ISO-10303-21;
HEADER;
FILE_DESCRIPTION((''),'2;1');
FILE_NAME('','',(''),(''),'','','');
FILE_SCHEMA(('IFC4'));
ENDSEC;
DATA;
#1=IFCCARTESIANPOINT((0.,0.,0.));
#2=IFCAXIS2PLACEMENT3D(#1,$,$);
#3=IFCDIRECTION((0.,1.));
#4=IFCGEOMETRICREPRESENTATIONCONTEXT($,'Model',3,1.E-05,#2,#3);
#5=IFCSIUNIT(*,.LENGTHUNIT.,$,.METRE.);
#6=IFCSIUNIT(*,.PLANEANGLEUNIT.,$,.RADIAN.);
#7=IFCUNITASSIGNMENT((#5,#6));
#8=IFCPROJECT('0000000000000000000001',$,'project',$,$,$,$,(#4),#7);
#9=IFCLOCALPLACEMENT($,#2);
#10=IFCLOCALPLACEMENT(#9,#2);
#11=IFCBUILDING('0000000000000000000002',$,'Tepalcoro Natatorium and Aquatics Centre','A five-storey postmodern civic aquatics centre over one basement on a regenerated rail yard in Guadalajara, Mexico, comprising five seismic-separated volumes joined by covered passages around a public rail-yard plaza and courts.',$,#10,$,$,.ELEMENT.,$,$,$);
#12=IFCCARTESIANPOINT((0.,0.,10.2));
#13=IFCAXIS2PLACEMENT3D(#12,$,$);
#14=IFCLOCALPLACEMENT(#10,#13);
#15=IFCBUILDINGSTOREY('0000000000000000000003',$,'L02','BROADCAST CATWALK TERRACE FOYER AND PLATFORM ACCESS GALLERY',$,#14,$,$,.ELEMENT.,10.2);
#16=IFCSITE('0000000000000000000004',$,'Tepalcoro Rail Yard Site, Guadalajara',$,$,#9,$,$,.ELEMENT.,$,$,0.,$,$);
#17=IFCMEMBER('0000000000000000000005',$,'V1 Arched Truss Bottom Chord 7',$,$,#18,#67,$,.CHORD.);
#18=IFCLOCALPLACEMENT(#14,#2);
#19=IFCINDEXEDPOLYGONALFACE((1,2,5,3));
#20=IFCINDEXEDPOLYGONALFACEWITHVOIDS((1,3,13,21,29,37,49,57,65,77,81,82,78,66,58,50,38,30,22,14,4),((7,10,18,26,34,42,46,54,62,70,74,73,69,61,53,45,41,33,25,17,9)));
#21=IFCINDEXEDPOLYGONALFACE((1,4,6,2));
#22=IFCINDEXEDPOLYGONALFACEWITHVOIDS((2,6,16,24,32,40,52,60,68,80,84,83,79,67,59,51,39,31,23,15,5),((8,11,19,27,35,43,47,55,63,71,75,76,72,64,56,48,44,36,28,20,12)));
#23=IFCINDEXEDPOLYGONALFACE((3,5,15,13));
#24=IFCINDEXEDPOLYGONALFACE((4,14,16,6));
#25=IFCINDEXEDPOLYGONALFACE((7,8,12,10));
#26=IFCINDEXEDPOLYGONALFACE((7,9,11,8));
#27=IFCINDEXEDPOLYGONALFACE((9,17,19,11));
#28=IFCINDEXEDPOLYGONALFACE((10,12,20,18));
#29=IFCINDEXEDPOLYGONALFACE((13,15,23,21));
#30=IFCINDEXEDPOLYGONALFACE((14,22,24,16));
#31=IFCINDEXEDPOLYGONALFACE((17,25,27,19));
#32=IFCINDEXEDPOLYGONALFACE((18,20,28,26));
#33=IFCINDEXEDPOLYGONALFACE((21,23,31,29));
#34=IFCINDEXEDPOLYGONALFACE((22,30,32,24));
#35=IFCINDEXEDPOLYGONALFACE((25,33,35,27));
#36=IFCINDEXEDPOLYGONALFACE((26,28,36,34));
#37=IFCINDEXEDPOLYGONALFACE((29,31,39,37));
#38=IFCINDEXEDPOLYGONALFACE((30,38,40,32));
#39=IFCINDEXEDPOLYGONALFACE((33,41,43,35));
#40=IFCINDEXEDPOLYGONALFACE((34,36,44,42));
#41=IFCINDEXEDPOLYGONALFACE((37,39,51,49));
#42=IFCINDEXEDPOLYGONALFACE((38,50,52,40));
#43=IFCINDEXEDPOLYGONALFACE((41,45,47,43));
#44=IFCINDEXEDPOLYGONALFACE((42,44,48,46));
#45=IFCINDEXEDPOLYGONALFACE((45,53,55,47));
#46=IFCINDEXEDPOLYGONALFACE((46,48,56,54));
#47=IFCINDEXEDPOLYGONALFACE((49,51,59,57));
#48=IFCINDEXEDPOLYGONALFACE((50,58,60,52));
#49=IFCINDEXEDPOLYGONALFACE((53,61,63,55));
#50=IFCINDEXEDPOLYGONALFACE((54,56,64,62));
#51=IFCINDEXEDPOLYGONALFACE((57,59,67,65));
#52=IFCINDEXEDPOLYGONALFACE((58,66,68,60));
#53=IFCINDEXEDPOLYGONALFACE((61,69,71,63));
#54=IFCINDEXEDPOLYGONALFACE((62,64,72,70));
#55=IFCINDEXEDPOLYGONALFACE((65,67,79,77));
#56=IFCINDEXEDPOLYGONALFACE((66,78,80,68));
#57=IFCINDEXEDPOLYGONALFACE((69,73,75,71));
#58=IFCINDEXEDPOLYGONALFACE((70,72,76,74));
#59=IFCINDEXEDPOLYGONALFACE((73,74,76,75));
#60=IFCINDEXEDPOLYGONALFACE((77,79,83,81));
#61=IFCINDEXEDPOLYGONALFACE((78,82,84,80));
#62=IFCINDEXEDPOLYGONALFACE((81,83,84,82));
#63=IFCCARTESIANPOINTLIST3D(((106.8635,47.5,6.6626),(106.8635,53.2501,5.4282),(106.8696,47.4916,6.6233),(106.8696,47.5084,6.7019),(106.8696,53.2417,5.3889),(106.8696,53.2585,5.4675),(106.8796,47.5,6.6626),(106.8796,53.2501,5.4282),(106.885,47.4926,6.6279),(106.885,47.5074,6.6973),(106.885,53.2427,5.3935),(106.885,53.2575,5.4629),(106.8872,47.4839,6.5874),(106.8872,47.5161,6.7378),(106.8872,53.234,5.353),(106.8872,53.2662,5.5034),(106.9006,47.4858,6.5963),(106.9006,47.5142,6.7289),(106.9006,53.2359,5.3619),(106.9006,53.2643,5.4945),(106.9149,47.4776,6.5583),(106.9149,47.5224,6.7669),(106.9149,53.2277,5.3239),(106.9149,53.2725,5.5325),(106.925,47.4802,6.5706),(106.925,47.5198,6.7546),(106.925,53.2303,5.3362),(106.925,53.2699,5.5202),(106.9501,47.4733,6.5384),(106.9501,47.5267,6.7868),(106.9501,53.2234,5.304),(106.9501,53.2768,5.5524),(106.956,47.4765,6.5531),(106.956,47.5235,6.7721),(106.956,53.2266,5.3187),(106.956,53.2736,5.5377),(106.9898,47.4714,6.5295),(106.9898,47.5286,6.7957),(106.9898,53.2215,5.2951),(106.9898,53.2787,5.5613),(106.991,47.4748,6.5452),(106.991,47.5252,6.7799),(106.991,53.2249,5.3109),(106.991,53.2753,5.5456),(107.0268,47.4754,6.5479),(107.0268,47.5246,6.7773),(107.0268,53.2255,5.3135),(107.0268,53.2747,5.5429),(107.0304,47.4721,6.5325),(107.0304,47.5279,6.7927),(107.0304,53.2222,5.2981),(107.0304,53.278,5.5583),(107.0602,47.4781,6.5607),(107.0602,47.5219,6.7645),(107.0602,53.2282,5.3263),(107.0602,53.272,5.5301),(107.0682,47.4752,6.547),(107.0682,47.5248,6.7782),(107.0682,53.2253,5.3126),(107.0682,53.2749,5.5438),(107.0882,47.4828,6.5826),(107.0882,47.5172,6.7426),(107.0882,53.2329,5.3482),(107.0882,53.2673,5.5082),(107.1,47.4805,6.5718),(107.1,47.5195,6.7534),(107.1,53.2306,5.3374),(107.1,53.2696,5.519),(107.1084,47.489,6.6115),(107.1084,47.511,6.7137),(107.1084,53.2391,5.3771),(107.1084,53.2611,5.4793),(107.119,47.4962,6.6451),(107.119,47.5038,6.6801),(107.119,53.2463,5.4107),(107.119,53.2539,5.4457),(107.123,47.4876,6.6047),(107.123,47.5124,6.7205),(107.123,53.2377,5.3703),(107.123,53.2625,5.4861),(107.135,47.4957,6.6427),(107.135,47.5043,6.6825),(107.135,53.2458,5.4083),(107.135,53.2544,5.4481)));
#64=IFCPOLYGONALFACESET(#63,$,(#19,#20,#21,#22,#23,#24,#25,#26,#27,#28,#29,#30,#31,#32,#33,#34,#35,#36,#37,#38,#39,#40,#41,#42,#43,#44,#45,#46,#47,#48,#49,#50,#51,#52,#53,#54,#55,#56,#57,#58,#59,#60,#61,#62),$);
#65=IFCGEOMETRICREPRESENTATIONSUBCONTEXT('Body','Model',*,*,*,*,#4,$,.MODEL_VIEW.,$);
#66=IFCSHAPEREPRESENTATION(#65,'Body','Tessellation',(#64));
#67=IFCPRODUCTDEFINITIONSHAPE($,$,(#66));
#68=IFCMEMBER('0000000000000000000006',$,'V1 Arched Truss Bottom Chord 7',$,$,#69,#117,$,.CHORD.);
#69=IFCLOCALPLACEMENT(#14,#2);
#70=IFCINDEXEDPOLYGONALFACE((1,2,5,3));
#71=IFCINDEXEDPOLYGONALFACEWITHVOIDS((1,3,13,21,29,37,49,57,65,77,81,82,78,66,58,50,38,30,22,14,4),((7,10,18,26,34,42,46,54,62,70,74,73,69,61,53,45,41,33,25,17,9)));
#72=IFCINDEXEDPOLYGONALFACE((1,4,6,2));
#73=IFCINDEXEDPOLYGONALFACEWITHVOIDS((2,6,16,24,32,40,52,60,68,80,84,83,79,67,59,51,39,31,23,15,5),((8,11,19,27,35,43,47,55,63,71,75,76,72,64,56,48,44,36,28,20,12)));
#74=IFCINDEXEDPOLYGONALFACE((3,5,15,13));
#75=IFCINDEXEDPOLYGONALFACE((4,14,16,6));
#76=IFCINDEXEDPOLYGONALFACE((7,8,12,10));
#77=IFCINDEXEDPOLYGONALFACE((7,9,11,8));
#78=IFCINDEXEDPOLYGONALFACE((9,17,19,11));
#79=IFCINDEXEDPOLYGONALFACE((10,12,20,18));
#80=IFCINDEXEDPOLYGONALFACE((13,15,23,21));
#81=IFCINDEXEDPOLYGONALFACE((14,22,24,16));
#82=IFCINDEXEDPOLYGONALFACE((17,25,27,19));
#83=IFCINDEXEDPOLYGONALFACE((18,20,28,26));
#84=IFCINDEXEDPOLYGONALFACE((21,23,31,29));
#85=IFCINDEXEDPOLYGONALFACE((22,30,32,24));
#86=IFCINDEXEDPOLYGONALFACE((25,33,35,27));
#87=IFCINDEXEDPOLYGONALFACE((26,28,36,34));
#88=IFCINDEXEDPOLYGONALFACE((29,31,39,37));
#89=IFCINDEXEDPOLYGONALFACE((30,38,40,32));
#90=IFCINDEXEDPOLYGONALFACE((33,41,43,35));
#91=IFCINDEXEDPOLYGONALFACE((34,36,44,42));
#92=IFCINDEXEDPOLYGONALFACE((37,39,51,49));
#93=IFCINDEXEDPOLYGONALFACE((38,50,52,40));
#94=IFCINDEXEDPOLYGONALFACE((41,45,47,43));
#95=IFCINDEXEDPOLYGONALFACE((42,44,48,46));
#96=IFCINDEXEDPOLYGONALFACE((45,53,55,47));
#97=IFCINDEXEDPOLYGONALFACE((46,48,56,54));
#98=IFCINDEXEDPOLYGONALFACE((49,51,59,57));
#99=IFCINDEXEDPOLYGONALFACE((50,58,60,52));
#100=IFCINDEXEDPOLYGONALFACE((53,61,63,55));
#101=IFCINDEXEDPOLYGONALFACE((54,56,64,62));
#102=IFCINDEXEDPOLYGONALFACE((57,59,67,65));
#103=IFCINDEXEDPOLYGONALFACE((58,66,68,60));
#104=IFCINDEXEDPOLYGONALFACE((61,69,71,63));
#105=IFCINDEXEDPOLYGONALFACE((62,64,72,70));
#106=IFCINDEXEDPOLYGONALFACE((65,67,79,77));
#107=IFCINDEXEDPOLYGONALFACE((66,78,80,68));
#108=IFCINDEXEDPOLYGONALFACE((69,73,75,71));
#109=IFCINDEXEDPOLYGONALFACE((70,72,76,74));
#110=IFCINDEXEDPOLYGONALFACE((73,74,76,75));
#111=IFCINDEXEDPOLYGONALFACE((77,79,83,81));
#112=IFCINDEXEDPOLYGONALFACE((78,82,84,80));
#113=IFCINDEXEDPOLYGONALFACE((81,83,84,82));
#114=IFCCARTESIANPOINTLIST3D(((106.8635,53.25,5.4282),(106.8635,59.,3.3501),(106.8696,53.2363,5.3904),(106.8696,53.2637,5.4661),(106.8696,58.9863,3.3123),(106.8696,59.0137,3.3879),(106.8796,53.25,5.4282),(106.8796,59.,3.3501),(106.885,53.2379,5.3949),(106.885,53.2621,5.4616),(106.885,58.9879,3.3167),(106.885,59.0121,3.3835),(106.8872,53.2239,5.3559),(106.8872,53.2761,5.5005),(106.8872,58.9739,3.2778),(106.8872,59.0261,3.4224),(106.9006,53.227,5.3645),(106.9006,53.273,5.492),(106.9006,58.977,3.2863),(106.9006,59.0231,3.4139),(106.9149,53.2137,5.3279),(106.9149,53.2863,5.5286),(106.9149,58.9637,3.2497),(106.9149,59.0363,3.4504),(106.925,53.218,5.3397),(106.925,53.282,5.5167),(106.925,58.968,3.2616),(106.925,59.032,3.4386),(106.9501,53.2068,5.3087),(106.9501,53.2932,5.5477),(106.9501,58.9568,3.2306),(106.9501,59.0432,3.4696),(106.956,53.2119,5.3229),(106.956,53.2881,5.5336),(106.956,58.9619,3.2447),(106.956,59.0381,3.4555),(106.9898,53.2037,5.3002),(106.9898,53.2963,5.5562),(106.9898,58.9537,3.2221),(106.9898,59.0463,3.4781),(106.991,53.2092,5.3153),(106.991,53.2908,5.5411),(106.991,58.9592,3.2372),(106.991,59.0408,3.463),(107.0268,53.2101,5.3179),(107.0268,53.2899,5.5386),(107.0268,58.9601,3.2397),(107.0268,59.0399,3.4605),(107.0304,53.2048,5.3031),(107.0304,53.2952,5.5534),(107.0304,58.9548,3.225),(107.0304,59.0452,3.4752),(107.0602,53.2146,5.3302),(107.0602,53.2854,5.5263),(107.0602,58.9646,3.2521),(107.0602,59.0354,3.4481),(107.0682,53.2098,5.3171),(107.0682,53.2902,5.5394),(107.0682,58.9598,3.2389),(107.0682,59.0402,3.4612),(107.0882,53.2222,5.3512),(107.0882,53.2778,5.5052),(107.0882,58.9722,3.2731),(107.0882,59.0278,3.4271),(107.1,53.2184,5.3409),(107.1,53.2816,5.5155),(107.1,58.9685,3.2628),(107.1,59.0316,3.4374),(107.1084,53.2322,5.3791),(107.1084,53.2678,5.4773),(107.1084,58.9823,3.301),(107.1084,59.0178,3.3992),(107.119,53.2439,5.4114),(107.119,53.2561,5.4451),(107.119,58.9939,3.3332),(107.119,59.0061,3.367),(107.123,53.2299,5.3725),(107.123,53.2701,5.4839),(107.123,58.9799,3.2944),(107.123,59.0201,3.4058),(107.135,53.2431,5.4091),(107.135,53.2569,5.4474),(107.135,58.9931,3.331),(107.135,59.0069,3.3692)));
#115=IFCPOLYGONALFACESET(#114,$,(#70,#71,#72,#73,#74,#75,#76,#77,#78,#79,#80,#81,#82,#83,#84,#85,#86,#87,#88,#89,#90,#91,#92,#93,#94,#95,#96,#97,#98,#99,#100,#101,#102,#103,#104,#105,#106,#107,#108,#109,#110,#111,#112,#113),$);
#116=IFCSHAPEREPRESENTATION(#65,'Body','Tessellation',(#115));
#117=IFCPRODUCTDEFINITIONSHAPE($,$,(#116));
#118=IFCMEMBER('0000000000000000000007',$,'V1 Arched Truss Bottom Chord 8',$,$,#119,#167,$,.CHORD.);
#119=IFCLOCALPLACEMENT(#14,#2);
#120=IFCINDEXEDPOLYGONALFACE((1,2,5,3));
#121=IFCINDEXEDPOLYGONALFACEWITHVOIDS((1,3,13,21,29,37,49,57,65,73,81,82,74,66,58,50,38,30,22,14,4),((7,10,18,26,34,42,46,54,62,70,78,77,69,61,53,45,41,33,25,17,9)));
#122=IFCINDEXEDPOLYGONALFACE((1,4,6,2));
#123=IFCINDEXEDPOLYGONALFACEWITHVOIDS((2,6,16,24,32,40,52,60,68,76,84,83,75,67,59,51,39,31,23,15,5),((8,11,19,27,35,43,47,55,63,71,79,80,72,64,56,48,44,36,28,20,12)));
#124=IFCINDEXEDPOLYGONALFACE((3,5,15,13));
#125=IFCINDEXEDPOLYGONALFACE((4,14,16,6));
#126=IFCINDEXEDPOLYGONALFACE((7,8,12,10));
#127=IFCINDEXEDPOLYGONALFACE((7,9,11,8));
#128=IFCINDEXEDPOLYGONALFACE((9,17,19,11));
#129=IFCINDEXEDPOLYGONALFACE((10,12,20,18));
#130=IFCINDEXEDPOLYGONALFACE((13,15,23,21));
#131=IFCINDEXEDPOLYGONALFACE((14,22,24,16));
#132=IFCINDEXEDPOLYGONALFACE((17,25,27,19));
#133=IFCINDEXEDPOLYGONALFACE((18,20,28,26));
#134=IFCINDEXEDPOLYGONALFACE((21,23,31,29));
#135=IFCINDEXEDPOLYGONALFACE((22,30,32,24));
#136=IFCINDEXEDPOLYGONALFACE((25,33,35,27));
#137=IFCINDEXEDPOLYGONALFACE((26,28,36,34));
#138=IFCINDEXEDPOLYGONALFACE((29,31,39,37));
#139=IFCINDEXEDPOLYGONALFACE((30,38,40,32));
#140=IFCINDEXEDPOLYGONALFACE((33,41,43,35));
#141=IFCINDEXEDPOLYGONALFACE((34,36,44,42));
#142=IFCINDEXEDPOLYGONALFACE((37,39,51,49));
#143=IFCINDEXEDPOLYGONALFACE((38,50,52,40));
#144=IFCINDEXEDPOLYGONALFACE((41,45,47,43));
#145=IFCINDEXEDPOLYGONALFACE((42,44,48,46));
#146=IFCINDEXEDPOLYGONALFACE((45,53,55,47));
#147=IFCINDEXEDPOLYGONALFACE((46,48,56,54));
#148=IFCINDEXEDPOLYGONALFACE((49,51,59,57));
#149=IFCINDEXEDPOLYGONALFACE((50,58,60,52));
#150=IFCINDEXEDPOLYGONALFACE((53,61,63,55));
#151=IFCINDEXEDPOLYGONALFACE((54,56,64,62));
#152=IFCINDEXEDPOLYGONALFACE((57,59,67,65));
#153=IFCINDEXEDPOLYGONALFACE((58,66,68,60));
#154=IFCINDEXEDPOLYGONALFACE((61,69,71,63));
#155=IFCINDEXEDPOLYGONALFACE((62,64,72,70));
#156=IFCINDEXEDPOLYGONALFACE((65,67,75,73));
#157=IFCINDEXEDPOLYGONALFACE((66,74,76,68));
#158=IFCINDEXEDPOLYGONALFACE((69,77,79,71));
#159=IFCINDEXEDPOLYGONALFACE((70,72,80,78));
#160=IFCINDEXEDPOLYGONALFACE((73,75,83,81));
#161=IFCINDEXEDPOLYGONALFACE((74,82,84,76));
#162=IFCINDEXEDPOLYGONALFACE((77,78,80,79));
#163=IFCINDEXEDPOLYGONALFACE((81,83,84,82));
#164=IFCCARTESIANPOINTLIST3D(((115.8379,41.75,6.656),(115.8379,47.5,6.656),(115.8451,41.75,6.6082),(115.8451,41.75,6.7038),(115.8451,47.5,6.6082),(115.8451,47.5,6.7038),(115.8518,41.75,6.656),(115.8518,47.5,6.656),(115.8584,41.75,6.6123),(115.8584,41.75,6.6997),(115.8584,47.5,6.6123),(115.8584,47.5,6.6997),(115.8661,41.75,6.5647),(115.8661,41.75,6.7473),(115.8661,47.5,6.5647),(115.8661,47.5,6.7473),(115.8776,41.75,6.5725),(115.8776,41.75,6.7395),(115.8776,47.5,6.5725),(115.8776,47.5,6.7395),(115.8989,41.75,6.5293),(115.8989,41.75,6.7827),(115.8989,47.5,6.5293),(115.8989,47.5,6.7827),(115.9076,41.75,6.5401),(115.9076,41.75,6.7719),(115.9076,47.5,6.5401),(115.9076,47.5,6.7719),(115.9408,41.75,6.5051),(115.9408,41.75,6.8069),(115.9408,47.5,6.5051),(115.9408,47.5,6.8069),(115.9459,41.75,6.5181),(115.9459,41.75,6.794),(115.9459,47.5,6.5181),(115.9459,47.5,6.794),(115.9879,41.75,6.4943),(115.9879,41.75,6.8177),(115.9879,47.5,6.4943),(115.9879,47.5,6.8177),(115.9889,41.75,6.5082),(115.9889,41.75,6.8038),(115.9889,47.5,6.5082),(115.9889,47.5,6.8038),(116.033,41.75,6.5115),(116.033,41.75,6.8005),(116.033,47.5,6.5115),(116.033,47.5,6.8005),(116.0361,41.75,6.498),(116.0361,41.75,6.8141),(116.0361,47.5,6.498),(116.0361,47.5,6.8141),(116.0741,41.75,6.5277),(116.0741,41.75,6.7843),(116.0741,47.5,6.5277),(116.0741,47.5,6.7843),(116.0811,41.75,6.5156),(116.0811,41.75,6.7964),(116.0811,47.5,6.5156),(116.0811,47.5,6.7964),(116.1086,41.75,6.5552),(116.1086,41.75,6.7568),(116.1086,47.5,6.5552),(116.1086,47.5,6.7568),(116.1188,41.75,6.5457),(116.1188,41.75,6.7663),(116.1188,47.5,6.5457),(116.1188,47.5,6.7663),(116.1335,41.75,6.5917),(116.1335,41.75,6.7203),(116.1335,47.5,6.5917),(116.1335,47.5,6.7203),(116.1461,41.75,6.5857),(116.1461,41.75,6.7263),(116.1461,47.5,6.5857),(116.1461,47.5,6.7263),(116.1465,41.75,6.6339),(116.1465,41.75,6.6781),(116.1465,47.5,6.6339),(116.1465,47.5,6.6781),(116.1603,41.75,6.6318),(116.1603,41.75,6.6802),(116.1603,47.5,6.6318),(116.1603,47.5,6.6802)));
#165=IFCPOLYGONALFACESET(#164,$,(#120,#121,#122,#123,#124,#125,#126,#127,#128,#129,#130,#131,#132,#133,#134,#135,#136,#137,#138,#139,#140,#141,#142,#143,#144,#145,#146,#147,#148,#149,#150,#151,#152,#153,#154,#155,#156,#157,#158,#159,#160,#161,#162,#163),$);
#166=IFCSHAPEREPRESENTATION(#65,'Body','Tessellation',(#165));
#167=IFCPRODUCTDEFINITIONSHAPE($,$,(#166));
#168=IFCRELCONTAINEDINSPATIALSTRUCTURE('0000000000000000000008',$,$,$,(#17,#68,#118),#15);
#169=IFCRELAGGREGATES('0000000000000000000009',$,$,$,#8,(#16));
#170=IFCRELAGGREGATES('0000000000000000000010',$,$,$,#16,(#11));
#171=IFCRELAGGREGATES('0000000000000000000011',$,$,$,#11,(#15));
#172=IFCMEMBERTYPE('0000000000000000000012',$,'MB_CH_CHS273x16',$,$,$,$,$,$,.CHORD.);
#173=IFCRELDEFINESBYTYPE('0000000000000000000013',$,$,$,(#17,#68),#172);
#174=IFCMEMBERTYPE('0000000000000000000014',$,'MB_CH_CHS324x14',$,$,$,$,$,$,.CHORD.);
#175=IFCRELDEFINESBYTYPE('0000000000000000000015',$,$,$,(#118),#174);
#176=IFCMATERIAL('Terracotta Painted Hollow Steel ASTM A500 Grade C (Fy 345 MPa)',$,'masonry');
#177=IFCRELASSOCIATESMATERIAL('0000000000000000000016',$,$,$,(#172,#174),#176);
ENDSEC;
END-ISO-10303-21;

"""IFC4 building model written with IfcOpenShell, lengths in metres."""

from ifc_helpers import new_model, si_unit, direction, frame, origin, origin_2d, place, context, subcontext, project, spatial, hollow_circle, extrude, material, material_profile, profile_set, type_object, element, save


model = new_model("IFC4")

# Units and contexts
model_context = context("Model", 3, precision=1e-05, world=origin(), true_north=direction((0.0, 1.0)))
body_context = subcontext(model_context, "Body", "Model", "MODEL_VIEW")
ifc_project = project(units=[si_unit("LENGTHUNIT", "METRE"), si_unit("PLANEANGLEUNIT", "RADIAN")], contexts=[model_context])

# Site, building, storey
site_placement = place(None, origin())
site = spatial("IfcSite", under=ifc_project, at=site_placement, Name="Tepalcoro Rail Yard Site, Guadalajara", CompositionType="ELEMENT", RefElevation=0.0)
building_placement = place(site_placement, origin())
building = spatial("IfcBuilding", under=site, at=building_placement, Name="Tepalcoro Natatorium and Aquatics Centre", Description="A five-storey postmodern civic aquatics centre over one basement on a regenerated rail yard in Guadalajara, Mexico, comprising five seismic-separated volumes joined by covered passages around a public rail-yard plaza and courts.", CompositionType="ELEMENT")
storey_placement = place(building_placement, frame((0.0, 0.0, 10.2)))
storey = spatial("IfcBuildingStorey", under=building, at=storey_placement, Name="L02", Description="BROADCAST CATWALK TERRACE FOYER AND PLATFORM ACCESS GALLERY", CompositionType="ELEMENT", Elevation=10.2)

# Shared definitions
ifc_material_1 = material(Name="Terracotta Painted Hollow Steel ASTM A500 Grade C (Fy 345 MPa)", Category="masonry")

# Members
ifc_material_profile_1 = material_profile(ifc_material_1, hollow_circle(Radius=0.1365, WallThickness=0.0161, at=origin_2d()), Name="CHS273X16")
ifc_profile_set_1 = profile_set([ifc_material_profile_1], Name="Terracotta Painted Hollow Steel ASTM A500 Grade C (Fy 345 MPa)")
member_type_1 = type_object("IfcMemberType", Name="MB_CH_CHS273x16", PredefinedType="CHORD", material=ifc_profile_set_1)
member_1_placement = place(storey_placement, frame((107.0, 47.5, 6.6626), z_axis=(0.0, 0.977725, -0.209892), x_axis=(-1.0, 0.0, 0.0)))
element("IfcMember", 1, at=member_1_placement, inside=storey, type_object=member_type_1, Name="V1 Arched Truss Bottom Chord 7", PredefinedType="CHORD", context=body_context, shape_type="SweptSolid", body=[
    extrude(hollow_circle(Radius=0.1365, WallThickness=0.0161, at=origin_2d()), origin(), (0.0, 0.0, 1.0), 5.8811),
])
member_2_placement = place(storey_placement, frame((107.0, 53.25, 5.4282), z_axis=(0.0, 0.940463, -0.339896), x_axis=(-1.0, 0.0, 0.0)))
element("IfcMember", 2, at=member_2_placement, inside=storey, type_object=member_type_1, Name="V1 Arched Truss Bottom Chord 7", PredefinedType="CHORD", context=body_context, shape_type="SweptSolid", body=[
    extrude(hollow_circle(Radius=0.1365, WallThickness=0.0161, at=origin_2d()), origin(), (0.0, 0.0, 1.0), 6.114),
])
ifc_material_profile_2 = material_profile(ifc_material_1, hollow_circle(Radius=0.1621, WallThickness=0.0139, at=origin_2d()), Name="CHS324X14")
ifc_profile_set_2 = profile_set([ifc_material_profile_2], Name="Terracotta Painted Hollow Steel ASTM A500 Grade C (Fy 345 MPa)")
member_type_2 = type_object("IfcMemberType", Name="MB_CH_CHS324x14", PredefinedType="CHORD", material=ifc_profile_set_2)
member_3_placement = place(storey_placement, frame((116.0, 41.75, 6.656), z_axis=(0.0, 1.0, 0.0), x_axis=(-1.0, 0.0, 0.0)))
element("IfcMember", 3, at=member_3_placement, inside=storey, type_object=member_type_2, Name="V1 Arched Truss Bottom Chord 8", PredefinedType="CHORD", context=body_context, shape_type="SweptSolid", body=[
    extrude(hollow_circle(Radius=0.1621, WallThickness=0.0139, at=origin_2d()), origin(), (0.0, 0.0, 1.0), 5.75),
])

save(model, "model.ifc")
